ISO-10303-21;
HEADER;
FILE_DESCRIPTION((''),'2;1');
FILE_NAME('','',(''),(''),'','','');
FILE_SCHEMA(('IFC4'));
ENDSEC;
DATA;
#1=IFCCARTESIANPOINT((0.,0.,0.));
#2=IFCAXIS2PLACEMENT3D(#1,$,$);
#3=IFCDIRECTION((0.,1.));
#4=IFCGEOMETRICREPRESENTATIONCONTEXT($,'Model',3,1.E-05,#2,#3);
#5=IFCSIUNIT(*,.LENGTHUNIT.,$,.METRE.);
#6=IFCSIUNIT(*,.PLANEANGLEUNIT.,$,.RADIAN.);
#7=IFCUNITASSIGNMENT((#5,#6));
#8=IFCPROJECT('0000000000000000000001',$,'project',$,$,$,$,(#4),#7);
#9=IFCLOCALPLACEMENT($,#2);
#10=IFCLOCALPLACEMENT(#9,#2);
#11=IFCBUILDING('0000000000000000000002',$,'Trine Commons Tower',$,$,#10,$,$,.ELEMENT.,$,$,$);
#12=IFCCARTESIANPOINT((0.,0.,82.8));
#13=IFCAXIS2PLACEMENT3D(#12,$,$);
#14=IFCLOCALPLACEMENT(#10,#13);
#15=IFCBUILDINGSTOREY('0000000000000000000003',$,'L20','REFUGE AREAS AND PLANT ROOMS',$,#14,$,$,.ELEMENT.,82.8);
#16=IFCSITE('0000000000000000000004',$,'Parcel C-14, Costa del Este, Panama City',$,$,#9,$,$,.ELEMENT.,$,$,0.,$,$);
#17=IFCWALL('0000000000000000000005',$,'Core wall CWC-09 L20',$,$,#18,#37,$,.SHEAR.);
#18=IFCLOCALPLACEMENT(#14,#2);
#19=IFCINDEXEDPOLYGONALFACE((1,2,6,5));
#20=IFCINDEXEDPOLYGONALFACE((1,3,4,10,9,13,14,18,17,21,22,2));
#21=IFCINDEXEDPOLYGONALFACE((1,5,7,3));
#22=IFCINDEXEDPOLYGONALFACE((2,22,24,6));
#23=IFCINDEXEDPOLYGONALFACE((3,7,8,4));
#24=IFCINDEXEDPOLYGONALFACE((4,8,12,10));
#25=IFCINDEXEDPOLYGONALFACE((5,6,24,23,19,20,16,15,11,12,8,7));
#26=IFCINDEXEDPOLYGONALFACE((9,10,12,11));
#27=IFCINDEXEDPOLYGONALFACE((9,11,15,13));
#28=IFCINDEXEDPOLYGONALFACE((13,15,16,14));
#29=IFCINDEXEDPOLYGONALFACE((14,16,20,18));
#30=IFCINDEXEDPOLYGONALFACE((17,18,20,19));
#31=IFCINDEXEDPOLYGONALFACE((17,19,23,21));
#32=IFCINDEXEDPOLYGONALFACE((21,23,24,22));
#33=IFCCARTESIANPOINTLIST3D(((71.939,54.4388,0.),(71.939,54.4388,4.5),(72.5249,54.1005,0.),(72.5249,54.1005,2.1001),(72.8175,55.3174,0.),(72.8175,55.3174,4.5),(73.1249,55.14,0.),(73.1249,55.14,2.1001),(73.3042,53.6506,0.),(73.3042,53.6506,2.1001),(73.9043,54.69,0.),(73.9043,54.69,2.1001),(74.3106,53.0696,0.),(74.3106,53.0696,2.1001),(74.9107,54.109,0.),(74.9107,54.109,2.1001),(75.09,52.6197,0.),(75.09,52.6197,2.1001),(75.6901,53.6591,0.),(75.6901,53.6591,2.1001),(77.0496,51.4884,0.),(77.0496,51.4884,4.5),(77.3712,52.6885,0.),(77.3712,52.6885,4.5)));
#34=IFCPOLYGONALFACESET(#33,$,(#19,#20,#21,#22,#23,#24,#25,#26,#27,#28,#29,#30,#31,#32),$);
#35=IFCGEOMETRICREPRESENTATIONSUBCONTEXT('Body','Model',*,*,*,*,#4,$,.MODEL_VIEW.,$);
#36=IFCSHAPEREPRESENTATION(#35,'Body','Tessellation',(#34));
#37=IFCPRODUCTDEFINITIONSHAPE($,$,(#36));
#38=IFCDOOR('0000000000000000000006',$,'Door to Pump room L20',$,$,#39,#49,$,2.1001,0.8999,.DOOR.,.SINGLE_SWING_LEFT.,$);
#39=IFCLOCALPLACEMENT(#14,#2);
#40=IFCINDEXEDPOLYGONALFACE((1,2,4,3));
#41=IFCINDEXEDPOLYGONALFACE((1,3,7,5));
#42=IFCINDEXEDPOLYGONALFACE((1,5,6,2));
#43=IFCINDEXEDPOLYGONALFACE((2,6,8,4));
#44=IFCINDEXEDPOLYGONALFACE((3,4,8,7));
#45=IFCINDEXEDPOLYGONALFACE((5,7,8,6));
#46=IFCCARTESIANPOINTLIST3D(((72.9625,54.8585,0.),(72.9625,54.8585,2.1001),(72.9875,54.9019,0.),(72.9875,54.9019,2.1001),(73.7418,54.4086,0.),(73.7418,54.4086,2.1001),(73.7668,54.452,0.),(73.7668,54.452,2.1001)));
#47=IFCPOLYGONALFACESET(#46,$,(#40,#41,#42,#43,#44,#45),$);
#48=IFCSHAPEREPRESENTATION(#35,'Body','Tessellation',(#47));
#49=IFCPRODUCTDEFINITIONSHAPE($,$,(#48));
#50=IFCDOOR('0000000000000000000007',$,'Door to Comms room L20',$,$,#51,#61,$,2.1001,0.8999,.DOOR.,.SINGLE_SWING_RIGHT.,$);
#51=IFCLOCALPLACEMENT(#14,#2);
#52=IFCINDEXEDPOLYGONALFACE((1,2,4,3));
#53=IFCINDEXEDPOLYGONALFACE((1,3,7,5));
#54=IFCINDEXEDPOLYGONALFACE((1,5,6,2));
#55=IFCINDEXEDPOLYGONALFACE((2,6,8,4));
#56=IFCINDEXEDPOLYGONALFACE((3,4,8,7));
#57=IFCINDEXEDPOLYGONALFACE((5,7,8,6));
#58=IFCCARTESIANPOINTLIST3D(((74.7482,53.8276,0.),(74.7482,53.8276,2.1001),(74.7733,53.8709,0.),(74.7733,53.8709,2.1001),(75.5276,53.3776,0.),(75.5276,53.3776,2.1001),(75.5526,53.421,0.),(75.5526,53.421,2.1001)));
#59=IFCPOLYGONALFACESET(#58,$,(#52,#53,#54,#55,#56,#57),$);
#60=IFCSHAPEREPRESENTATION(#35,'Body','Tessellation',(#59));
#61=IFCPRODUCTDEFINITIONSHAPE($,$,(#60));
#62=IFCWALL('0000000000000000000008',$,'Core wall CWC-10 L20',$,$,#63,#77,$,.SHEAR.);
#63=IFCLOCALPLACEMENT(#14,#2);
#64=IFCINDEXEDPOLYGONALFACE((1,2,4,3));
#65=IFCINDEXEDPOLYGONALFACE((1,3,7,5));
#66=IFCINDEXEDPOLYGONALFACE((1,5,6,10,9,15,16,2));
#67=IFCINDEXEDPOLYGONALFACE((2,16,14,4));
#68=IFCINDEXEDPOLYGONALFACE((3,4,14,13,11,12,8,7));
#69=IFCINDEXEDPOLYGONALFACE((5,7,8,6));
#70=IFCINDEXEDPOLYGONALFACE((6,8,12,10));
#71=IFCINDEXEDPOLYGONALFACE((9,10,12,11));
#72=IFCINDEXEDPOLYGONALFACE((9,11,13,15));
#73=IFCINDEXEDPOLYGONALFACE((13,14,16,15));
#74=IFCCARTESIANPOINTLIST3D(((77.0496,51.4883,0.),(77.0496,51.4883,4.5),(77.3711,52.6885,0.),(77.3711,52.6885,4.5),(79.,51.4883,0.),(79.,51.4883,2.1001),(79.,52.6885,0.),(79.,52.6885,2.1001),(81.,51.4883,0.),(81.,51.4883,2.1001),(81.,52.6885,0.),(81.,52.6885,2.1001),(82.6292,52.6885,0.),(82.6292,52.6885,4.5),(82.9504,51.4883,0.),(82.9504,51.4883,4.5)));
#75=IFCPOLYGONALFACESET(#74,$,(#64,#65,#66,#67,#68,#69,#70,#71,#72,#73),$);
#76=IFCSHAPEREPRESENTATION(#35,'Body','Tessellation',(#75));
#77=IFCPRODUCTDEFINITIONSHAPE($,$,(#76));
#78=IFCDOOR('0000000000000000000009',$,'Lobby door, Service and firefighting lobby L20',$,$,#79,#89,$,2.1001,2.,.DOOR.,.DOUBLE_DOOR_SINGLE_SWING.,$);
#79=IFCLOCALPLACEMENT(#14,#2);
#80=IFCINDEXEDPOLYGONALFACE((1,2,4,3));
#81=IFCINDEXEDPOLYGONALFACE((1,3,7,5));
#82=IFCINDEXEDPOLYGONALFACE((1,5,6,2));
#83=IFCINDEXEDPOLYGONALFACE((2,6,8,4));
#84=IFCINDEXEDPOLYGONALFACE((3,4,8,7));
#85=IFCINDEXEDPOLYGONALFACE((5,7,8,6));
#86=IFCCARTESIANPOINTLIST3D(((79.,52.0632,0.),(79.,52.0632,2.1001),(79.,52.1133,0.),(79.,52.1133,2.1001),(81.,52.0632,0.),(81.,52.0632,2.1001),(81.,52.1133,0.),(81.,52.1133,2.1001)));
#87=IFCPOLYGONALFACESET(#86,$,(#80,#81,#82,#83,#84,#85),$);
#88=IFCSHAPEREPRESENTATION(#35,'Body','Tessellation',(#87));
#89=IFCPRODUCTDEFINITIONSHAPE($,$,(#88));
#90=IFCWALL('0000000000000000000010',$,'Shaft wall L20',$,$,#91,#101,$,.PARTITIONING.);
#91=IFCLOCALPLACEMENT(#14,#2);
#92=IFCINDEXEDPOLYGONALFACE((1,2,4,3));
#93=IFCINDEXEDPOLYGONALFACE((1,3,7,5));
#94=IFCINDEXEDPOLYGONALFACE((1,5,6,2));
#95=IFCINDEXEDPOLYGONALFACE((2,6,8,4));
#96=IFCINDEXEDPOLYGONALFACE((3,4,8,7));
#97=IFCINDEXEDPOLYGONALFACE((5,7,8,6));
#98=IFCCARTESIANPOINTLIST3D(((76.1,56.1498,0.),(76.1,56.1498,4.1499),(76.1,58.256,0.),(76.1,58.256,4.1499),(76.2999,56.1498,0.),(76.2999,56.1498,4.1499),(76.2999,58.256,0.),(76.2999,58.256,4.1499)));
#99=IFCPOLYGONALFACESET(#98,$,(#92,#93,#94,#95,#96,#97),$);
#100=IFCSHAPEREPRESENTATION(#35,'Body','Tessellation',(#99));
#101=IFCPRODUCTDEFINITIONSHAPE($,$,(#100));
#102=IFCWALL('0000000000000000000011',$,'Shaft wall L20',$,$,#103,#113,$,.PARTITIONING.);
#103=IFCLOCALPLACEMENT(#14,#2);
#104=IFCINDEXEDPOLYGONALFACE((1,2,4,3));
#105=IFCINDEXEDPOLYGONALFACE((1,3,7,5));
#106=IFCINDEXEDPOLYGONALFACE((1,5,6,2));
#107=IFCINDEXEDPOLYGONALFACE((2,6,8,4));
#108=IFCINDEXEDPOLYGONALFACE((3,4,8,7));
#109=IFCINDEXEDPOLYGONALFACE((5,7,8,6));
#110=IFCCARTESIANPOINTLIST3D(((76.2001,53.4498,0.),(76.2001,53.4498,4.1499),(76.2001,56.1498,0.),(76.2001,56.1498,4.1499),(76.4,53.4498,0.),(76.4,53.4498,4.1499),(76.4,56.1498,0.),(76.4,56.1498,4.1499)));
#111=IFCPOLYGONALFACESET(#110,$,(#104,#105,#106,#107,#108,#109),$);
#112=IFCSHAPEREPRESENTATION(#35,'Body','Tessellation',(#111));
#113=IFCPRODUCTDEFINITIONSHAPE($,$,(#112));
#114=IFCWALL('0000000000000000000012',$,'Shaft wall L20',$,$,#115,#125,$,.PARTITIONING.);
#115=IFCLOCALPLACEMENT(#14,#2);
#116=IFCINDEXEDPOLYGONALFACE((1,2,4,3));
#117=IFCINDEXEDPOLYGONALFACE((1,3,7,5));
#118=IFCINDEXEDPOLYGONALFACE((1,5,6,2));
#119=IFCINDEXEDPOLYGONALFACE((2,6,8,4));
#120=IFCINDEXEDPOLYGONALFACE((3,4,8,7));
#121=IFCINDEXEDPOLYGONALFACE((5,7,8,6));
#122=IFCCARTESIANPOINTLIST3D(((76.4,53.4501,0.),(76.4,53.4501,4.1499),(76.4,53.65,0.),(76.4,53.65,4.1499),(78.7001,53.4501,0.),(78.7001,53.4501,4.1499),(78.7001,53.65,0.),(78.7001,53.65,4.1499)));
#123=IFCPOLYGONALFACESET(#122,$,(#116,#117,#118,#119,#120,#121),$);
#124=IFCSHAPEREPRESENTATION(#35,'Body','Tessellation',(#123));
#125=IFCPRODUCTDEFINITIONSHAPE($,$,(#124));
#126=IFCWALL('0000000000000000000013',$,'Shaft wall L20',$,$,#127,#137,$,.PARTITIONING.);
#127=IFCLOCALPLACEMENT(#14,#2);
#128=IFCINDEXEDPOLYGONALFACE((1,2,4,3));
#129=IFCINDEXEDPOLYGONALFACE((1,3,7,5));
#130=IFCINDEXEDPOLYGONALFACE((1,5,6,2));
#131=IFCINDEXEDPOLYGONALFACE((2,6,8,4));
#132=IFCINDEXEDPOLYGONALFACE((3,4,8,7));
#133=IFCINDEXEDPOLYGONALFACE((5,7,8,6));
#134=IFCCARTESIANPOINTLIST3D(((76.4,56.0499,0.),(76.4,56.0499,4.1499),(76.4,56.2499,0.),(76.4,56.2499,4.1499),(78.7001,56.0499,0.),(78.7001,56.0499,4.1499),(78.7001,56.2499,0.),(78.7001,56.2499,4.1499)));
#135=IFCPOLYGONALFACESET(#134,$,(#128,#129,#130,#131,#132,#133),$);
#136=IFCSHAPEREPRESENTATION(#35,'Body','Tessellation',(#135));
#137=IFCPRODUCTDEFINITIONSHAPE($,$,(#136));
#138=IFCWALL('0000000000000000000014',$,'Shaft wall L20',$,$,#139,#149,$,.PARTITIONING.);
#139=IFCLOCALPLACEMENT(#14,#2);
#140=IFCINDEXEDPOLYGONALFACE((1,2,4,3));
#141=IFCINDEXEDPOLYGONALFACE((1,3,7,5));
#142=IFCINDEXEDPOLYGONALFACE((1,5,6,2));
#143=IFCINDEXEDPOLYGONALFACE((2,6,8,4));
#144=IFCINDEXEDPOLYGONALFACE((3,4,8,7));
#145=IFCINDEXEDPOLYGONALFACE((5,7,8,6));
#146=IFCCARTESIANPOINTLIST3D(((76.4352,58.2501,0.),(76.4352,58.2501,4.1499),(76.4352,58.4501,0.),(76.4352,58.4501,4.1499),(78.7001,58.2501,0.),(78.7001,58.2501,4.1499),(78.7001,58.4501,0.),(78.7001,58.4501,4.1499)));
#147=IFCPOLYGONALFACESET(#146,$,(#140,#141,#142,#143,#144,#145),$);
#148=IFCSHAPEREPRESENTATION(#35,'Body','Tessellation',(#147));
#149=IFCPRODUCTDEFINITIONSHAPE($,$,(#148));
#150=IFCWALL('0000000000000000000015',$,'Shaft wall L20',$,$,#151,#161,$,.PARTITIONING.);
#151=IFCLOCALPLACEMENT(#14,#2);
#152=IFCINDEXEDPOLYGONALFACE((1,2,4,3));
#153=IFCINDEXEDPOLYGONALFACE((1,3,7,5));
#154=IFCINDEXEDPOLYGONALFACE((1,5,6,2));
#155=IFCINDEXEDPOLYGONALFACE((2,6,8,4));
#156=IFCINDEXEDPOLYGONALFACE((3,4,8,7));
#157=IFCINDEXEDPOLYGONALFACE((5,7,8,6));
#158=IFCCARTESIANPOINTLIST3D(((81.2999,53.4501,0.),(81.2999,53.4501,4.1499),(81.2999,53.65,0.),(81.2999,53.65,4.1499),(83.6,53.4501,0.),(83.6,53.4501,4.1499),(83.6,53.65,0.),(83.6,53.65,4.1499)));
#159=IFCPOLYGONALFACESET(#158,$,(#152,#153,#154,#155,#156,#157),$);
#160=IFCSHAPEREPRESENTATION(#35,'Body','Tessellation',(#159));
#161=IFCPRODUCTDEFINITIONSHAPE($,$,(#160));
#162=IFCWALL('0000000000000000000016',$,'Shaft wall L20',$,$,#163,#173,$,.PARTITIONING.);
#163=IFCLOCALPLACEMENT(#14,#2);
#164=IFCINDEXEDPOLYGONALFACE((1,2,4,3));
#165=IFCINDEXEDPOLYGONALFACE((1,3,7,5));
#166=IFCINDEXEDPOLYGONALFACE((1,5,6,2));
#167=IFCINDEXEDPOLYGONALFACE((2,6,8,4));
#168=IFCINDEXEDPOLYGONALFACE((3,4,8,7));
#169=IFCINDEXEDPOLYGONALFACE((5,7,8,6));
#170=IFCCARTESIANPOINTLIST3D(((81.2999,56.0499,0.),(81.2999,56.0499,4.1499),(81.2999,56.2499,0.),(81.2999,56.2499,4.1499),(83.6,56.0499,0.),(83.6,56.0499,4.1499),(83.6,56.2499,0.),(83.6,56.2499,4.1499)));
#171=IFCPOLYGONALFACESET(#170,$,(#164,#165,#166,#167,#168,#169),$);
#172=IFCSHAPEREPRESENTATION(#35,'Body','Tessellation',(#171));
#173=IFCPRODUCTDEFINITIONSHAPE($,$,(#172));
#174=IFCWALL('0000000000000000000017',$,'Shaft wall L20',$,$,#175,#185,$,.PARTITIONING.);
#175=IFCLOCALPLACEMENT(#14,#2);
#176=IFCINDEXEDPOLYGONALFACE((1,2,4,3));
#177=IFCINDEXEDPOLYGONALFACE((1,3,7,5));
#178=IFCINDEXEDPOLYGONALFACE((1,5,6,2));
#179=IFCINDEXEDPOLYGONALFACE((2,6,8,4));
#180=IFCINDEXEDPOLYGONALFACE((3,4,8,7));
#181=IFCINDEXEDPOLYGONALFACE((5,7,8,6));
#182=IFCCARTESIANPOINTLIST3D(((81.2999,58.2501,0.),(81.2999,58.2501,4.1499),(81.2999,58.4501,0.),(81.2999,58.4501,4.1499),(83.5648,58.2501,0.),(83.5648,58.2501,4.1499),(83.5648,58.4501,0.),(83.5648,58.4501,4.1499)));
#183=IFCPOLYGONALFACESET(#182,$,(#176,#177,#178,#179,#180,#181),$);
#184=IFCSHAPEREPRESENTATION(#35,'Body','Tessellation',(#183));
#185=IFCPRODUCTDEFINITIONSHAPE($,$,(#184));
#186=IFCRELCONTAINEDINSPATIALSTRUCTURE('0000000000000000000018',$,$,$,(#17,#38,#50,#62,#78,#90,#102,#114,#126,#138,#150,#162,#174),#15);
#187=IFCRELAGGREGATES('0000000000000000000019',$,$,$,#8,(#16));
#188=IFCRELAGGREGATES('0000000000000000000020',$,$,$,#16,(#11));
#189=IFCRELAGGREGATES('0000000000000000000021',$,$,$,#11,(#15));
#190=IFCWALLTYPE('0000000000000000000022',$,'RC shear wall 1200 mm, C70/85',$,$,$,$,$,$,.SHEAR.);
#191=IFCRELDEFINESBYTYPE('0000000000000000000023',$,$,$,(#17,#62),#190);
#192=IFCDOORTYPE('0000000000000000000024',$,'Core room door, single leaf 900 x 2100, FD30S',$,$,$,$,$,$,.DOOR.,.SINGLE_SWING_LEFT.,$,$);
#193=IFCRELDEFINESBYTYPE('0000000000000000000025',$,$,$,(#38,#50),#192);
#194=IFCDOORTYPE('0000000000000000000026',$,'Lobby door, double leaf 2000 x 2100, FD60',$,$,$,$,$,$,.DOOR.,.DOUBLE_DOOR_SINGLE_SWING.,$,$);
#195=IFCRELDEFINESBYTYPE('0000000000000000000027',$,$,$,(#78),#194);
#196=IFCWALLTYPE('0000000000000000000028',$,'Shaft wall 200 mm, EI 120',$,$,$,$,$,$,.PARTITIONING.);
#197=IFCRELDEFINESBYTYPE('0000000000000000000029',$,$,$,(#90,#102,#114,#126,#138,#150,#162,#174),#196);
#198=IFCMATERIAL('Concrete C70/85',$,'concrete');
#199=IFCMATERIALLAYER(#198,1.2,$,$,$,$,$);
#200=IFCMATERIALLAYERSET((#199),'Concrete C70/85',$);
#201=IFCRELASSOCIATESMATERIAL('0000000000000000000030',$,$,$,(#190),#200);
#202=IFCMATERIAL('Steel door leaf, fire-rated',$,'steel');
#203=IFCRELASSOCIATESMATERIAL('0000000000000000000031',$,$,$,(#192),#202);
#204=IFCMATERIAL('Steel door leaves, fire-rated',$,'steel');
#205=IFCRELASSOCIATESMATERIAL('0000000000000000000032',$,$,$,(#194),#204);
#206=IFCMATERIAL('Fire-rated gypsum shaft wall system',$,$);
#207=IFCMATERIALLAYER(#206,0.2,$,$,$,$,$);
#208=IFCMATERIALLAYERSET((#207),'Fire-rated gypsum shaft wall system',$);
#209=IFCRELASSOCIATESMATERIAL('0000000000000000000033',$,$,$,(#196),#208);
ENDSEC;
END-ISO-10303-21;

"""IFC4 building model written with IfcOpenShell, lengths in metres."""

from ifc_helpers import new_model, si_unit, direction, frame, frame_2d, origin, place, context, subcontext, project, spatial, polyline, rectangle, outline, extrude, material, layer, layer_set, type_object, element, fill, save


model = new_model("IFC4")

# Units and contexts
model_context = context("Model", 3, precision=1e-05, world=origin(), true_north=direction((0.0, 1.0)))
body_context = subcontext(model_context, "Body", "Model", "MODEL_VIEW")
ifc_project = project(units=[si_unit("LENGTHUNIT", "METRE"), si_unit("PLANEANGLEUNIT", "RADIAN")], contexts=[model_context])

# Site, building, storey
site_placement = place(None, origin())
site = spatial("IfcSite", under=ifc_project, at=site_placement, Name="Parcel C-14, Costa del Este, Panama City", CompositionType="ELEMENT", RefElevation=0.0)
building_placement = place(site_placement, origin())
building = spatial("IfcBuilding", under=site, at=building_placement, Name="Trine Commons Tower", CompositionType="ELEMENT")
storey_placement = place(building_placement, frame((0.0, 0.0, 82.8)))
storey = spatial("IfcBuildingStorey", under=building, at=storey_placement, Name="L20", Description="REFUGE AREAS AND PLANT ROOMS", CompositionType="ELEMENT", Elevation=82.8)

# Wall, openings, doors
ifc_material_1 = material(Name="Concrete C70/85", Category="concrete")
ifc_layer_1 = layer(ifc_material_1, 1.2)
ifc_layer_set_1 = layer_set([ifc_layer_1], Name="Concrete C70/85")
wall_type_1 = type_object("IfcWallType", Name="RC shear wall 1200 mm, C70/85", PredefinedType="SHEAR", material=ifc_layer_set_1)
wall_1_placement = place(storey_placement, frame((72.239, 54.9585, 0.0), z_axis=(0.0, 0.0, 1.0), x_axis=(0.866037, -0.499979, 0.0)))
wall_1 = element("IfcWall", 1, at=wall_1_placement, inside=storey, type_object=wall_type_1, Name="Core wall CWC-09 L20", PredefinedType="SHEAR", context=body_context, shape_type="SweptSolid", body=[
    extrude(outline(polyline([(0.0, -0.6001), (5.9011, -0.6001), (5.5796, 0.6001), (0.3215, 0.6001), (0.0, -0.6001)])), origin(), (0.0, 0.0, 1.0), 4.5),
])
opening_1_placement = place(wall_1_placement, frame((0.6765, 0.0, 0.0)))
opening_1 = element("IfcOpeningElement", 2, at=opening_1_placement, cuts=wall_1, PredefinedType="OPENING", context=body_context, shape_type="SweptSolid", body=[
    extrude(rectangle(XDim=0.8999, YDim=2.1001, at=frame_2d((0.45, 1.05))), frame((0.0, 0.6099, 0.0), z_axis=(0.0, -1.0, 0.0), x_axis=(1.0, 0.0, 0.0)), (0.0, 0.0, 1.0), 1.22),
])
opening_2_placement = place(wall_1_placement, frame((2.7385, 0.0, 0.0)))
opening_2 = element("IfcOpeningElement", 3, at=opening_2_placement, cuts=wall_1, PredefinedType="OPENING", context=body_context, shape_type="SweptSolid", body=[
    extrude(rectangle(XDim=0.8999, YDim=2.1001, at=frame_2d((0.45, 1.05))), frame((0.0, 0.6099, 0.0), z_axis=(0.0, -1.0, 0.0), x_axis=(1.0, 0.0, 0.0)), (0.0, 0.0, 1.0), 1.22),
])
ifc_material_2 = material(Name="Steel door leaf, fire-rated", Category="steel")
door_type_1 = type_object("IfcDoorType", Name="Core room door, single leaf 900 x 2100, FD30S", OperationType="SINGLE_SWING_LEFT", PredefinedType="DOOR", material=ifc_material_2)
door_1_placement = place(opening_1_placement, origin())
door_1 = element("IfcDoor", 4, at=door_1_placement, inside=storey, type_object=door_type_1, Name="Door to Pump room L20", OperationType="SINGLE_SWING_LEFT", OverallHeight=2.1001, OverallWidth=0.8999, PredefinedType="DOOR", context=body_context, shape_type="SweptSolid", body=[
    extrude(rectangle(XDim=0.8999, YDim=2.1001, at=frame_2d((0.45, 1.05))), frame((0.0, 0.3252, 0.0), z_axis=(0.0, -1.0, 0.0), x_axis=(1.0, 0.0, 0.0)), (0.0, 0.0, 1.0), 0.05),
])
fill(opening_1, door_1)
door_2_placement = place(opening_2_placement, origin())
door_2 = element("IfcDoor", 5, at=door_2_placement, inside=storey, type_object=door_type_1, Name="Door to Comms room L20", OperationType="SINGLE_SWING_RIGHT", OverallHeight=2.1001, OverallWidth=0.8999, PredefinedType="DOOR", context=body_context, shape_type="SweptSolid", body=[
    extrude(rectangle(XDim=0.8999, YDim=2.1001, at=frame_2d((0.45, 1.05))), frame((0.0, 0.3252, 0.0), z_axis=(0.0, -1.0, 0.0), x_axis=(1.0, 0.0, 0.0)), (0.0, 0.0, 1.0), 0.05),
])
fill(opening_2, door_2)

# Wall, opening, door
wall_2_placement = place(storey_placement, frame((77.0496, 52.0884, 0.0), z_axis=(0.0, 0.0, 1.0), x_axis=(1.0, 0.0, 0.0)))
wall_2 = element("IfcWall", 6, at=wall_2_placement, inside=storey, type_object=wall_type_1, Name="Core wall CWC-10 L20", PredefinedType="SHEAR", context=body_context, shape_type="SweptSolid", body=[
    extrude(outline(polyline([(0.0, -0.6001), (5.9009, -0.6001), (5.5796, 0.6001), (0.3215, 0.6001), (0.0, -0.6001)])), origin(), (0.0, 0.0, 1.0), 4.5),
])
opening_3_placement = place(wall_2_placement, frame((1.9504, 0.0, 0.0)))
opening_3 = element("IfcOpeningElement", 7, at=opening_3_placement, cuts=wall_2, PredefinedType="OPENING", context=body_context, shape_type="SweptSolid", body=[
    extrude(rectangle(XDim=2.0, YDim=2.1001, at=frame_2d((1.0, 1.05))), frame((0.0, 0.6099, 0.0), z_axis=(0.0, -1.0, 0.0), x_axis=(1.0, 0.0, 0.0)), (0.0, 0.0, 1.0), 1.22),
])
ifc_material_3 = material(Name="Steel door leaves, fire-rated", Category="steel")
door_type_2 = type_object("IfcDoorType", Name="Lobby door, double leaf 2000 x 2100, FD60", OperationType="DOUBLE_DOOR_SINGLE_SWING", PredefinedType="DOOR", material=ifc_material_3)
door_3_placement = place(opening_3_placement, origin())
door_3 = element("IfcDoor", 8, at=door_3_placement, inside=storey, type_object=door_type_2, Name="Lobby door, Service and firefighting lobby L20", OperationType="DOUBLE_DOOR_SINGLE_SWING", OverallHeight=2.1001, OverallWidth=2.0, PredefinedType="DOOR", context=body_context, shape_type="SweptSolid", body=[
    extrude(rectangle(XDim=2.0, YDim=2.1001, at=frame_2d((1.0, 1.05))), frame((0.0, 0.0249, 0.0), z_axis=(0.0, -1.0, 0.0), x_axis=(1.0, 0.0, 0.0)), (0.0, 0.0, 1.0), 0.05),
])
fill(opening_3, door_3)

# Walls
ifc_material_4 = material(Name="Fire-rated gypsum shaft wall system")
ifc_layer_2 = layer(ifc_material_4, 0.2)
ifc_layer_set_2 = layer_set([ifc_layer_2], Name="Fire-rated gypsum shaft wall system")
wall_type_2 = type_object("IfcWallType", Name="Shaft wall 200 mm, EI 120", PredefinedType="PARTITIONING", material=ifc_layer_set_2)
wall_3_placement = place(storey_placement, frame((76.2, 58.2561, 0.0), z_axis=(0.0, 0.0, 1.0), x_axis=(0.0, -1.0, 0.0)))
element("IfcWall", 9, at=wall_3_placement, inside=storey, type_object=wall_type_2, Name="Shaft wall L20", PredefinedType="PARTITIONING", context=body_context, shape_type="SweptSolid", body=[
    extrude(rectangle(XDim=2.1062, YDim=0.2, at=frame_2d((1.0532, 0.0))), origin(), (0.0, 0.0, 1.0), 4.1499),
])
wall_4_placement = place(storey_placement, frame((76.3, 56.1499, 0.0), z_axis=(0.0, 0.0, 1.0), x_axis=(0.0, -1.0, 0.0)))
element("IfcWall", 10, at=wall_4_placement, inside=storey, type_object=wall_type_2, Name="Shaft wall L20", PredefinedType="PARTITIONING", context=body_context, shape_type="SweptSolid", body=[
    extrude(rectangle(XDim=2.7, YDim=0.2, at=frame_2d((1.3501, 0.0))), origin(), (0.0, 0.0, 1.0), 4.1499),
])
for number, where, z_axis, x_axis, name in (
    (11, (78.7, 53.55, 0.0), (0.0, 0.0, 1.0), (-1.0, 0.0, 0.0), "Shaft wall L20"),
    (12, (78.7, 56.1499, 0.0), (0.0, 0.0, 1.0), (-1.0, 0.0, 0.0), "Shaft wall L20"),
):
    element("IfcWall", number, at=place(storey_placement, frame(where, z_axis=z_axis, x_axis=x_axis)), inside=storey, type_object=wall_type_2, Name=name, PredefinedType="PARTITIONING", context=body_context, shape_type="SweptSolid", body=[
        extrude(rectangle(XDim=2.3, YDim=0.2, at=frame_2d((1.1499, 0.0))), origin(), (0.0, 0.0, 1.0), 4.1499),
    ])
wall_5_placement = place(storey_placement, frame((78.7, 58.3501, 0.0), z_axis=(0.0, 0.0, 1.0), x_axis=(-1.0, 0.0, 0.0)))
element("IfcWall", 13, at=wall_5_placement, inside=storey, type_object=wall_type_2, Name="Shaft wall L20", PredefinedType="PARTITIONING", context=body_context, shape_type="SweptSolid", body=[
    extrude(rectangle(XDim=2.2649, YDim=0.2, at=frame_2d((1.1323, 0.0))), origin(), (0.0, 0.0, 1.0), 4.1499),
])
for number, where, z_axis, x_axis, name in (
    (14, (81.3, 53.55, 0.0), (0.0, 0.0, 1.0), (1.0, 0.0, 0.0), "Shaft wall L20"),
    (15, (81.3, 56.1499, 0.0), (0.0, 0.0, 1.0), (1.0, 0.0, 0.0), "Shaft wall L20"),
):
    element("IfcWall", number, at=place(storey_placement, frame(where, z_axis=z_axis, x_axis=x_axis)), inside=storey, type_object=wall_type_2, Name=name, PredefinedType="PARTITIONING", context=body_context, shape_type="SweptSolid", body=[
        extrude(rectangle(XDim=2.3, YDim=0.2, at=frame_2d((1.1499, 0.0))), origin(), (0.0, 0.0, 1.0), 4.1499),
    ])
wall_6_placement = place(storey_placement, frame((81.3, 58.3501, 0.0), z_axis=(0.0, 0.0, 1.0), x_axis=(1.0, 0.0, 0.0)))
element("IfcWall", 16, at=wall_6_placement, inside=storey, type_object=wall_type_2, Name="Shaft wall L20", PredefinedType="PARTITIONING", context=body_context, shape_type="SweptSolid", body=[
    extrude(rectangle(XDim=2.2649, YDim=0.2, at=frame_2d((1.1323, 0.0))), origin(), (0.0, 0.0, 1.0), 4.1499),
])

save(model, "model.ifc")
